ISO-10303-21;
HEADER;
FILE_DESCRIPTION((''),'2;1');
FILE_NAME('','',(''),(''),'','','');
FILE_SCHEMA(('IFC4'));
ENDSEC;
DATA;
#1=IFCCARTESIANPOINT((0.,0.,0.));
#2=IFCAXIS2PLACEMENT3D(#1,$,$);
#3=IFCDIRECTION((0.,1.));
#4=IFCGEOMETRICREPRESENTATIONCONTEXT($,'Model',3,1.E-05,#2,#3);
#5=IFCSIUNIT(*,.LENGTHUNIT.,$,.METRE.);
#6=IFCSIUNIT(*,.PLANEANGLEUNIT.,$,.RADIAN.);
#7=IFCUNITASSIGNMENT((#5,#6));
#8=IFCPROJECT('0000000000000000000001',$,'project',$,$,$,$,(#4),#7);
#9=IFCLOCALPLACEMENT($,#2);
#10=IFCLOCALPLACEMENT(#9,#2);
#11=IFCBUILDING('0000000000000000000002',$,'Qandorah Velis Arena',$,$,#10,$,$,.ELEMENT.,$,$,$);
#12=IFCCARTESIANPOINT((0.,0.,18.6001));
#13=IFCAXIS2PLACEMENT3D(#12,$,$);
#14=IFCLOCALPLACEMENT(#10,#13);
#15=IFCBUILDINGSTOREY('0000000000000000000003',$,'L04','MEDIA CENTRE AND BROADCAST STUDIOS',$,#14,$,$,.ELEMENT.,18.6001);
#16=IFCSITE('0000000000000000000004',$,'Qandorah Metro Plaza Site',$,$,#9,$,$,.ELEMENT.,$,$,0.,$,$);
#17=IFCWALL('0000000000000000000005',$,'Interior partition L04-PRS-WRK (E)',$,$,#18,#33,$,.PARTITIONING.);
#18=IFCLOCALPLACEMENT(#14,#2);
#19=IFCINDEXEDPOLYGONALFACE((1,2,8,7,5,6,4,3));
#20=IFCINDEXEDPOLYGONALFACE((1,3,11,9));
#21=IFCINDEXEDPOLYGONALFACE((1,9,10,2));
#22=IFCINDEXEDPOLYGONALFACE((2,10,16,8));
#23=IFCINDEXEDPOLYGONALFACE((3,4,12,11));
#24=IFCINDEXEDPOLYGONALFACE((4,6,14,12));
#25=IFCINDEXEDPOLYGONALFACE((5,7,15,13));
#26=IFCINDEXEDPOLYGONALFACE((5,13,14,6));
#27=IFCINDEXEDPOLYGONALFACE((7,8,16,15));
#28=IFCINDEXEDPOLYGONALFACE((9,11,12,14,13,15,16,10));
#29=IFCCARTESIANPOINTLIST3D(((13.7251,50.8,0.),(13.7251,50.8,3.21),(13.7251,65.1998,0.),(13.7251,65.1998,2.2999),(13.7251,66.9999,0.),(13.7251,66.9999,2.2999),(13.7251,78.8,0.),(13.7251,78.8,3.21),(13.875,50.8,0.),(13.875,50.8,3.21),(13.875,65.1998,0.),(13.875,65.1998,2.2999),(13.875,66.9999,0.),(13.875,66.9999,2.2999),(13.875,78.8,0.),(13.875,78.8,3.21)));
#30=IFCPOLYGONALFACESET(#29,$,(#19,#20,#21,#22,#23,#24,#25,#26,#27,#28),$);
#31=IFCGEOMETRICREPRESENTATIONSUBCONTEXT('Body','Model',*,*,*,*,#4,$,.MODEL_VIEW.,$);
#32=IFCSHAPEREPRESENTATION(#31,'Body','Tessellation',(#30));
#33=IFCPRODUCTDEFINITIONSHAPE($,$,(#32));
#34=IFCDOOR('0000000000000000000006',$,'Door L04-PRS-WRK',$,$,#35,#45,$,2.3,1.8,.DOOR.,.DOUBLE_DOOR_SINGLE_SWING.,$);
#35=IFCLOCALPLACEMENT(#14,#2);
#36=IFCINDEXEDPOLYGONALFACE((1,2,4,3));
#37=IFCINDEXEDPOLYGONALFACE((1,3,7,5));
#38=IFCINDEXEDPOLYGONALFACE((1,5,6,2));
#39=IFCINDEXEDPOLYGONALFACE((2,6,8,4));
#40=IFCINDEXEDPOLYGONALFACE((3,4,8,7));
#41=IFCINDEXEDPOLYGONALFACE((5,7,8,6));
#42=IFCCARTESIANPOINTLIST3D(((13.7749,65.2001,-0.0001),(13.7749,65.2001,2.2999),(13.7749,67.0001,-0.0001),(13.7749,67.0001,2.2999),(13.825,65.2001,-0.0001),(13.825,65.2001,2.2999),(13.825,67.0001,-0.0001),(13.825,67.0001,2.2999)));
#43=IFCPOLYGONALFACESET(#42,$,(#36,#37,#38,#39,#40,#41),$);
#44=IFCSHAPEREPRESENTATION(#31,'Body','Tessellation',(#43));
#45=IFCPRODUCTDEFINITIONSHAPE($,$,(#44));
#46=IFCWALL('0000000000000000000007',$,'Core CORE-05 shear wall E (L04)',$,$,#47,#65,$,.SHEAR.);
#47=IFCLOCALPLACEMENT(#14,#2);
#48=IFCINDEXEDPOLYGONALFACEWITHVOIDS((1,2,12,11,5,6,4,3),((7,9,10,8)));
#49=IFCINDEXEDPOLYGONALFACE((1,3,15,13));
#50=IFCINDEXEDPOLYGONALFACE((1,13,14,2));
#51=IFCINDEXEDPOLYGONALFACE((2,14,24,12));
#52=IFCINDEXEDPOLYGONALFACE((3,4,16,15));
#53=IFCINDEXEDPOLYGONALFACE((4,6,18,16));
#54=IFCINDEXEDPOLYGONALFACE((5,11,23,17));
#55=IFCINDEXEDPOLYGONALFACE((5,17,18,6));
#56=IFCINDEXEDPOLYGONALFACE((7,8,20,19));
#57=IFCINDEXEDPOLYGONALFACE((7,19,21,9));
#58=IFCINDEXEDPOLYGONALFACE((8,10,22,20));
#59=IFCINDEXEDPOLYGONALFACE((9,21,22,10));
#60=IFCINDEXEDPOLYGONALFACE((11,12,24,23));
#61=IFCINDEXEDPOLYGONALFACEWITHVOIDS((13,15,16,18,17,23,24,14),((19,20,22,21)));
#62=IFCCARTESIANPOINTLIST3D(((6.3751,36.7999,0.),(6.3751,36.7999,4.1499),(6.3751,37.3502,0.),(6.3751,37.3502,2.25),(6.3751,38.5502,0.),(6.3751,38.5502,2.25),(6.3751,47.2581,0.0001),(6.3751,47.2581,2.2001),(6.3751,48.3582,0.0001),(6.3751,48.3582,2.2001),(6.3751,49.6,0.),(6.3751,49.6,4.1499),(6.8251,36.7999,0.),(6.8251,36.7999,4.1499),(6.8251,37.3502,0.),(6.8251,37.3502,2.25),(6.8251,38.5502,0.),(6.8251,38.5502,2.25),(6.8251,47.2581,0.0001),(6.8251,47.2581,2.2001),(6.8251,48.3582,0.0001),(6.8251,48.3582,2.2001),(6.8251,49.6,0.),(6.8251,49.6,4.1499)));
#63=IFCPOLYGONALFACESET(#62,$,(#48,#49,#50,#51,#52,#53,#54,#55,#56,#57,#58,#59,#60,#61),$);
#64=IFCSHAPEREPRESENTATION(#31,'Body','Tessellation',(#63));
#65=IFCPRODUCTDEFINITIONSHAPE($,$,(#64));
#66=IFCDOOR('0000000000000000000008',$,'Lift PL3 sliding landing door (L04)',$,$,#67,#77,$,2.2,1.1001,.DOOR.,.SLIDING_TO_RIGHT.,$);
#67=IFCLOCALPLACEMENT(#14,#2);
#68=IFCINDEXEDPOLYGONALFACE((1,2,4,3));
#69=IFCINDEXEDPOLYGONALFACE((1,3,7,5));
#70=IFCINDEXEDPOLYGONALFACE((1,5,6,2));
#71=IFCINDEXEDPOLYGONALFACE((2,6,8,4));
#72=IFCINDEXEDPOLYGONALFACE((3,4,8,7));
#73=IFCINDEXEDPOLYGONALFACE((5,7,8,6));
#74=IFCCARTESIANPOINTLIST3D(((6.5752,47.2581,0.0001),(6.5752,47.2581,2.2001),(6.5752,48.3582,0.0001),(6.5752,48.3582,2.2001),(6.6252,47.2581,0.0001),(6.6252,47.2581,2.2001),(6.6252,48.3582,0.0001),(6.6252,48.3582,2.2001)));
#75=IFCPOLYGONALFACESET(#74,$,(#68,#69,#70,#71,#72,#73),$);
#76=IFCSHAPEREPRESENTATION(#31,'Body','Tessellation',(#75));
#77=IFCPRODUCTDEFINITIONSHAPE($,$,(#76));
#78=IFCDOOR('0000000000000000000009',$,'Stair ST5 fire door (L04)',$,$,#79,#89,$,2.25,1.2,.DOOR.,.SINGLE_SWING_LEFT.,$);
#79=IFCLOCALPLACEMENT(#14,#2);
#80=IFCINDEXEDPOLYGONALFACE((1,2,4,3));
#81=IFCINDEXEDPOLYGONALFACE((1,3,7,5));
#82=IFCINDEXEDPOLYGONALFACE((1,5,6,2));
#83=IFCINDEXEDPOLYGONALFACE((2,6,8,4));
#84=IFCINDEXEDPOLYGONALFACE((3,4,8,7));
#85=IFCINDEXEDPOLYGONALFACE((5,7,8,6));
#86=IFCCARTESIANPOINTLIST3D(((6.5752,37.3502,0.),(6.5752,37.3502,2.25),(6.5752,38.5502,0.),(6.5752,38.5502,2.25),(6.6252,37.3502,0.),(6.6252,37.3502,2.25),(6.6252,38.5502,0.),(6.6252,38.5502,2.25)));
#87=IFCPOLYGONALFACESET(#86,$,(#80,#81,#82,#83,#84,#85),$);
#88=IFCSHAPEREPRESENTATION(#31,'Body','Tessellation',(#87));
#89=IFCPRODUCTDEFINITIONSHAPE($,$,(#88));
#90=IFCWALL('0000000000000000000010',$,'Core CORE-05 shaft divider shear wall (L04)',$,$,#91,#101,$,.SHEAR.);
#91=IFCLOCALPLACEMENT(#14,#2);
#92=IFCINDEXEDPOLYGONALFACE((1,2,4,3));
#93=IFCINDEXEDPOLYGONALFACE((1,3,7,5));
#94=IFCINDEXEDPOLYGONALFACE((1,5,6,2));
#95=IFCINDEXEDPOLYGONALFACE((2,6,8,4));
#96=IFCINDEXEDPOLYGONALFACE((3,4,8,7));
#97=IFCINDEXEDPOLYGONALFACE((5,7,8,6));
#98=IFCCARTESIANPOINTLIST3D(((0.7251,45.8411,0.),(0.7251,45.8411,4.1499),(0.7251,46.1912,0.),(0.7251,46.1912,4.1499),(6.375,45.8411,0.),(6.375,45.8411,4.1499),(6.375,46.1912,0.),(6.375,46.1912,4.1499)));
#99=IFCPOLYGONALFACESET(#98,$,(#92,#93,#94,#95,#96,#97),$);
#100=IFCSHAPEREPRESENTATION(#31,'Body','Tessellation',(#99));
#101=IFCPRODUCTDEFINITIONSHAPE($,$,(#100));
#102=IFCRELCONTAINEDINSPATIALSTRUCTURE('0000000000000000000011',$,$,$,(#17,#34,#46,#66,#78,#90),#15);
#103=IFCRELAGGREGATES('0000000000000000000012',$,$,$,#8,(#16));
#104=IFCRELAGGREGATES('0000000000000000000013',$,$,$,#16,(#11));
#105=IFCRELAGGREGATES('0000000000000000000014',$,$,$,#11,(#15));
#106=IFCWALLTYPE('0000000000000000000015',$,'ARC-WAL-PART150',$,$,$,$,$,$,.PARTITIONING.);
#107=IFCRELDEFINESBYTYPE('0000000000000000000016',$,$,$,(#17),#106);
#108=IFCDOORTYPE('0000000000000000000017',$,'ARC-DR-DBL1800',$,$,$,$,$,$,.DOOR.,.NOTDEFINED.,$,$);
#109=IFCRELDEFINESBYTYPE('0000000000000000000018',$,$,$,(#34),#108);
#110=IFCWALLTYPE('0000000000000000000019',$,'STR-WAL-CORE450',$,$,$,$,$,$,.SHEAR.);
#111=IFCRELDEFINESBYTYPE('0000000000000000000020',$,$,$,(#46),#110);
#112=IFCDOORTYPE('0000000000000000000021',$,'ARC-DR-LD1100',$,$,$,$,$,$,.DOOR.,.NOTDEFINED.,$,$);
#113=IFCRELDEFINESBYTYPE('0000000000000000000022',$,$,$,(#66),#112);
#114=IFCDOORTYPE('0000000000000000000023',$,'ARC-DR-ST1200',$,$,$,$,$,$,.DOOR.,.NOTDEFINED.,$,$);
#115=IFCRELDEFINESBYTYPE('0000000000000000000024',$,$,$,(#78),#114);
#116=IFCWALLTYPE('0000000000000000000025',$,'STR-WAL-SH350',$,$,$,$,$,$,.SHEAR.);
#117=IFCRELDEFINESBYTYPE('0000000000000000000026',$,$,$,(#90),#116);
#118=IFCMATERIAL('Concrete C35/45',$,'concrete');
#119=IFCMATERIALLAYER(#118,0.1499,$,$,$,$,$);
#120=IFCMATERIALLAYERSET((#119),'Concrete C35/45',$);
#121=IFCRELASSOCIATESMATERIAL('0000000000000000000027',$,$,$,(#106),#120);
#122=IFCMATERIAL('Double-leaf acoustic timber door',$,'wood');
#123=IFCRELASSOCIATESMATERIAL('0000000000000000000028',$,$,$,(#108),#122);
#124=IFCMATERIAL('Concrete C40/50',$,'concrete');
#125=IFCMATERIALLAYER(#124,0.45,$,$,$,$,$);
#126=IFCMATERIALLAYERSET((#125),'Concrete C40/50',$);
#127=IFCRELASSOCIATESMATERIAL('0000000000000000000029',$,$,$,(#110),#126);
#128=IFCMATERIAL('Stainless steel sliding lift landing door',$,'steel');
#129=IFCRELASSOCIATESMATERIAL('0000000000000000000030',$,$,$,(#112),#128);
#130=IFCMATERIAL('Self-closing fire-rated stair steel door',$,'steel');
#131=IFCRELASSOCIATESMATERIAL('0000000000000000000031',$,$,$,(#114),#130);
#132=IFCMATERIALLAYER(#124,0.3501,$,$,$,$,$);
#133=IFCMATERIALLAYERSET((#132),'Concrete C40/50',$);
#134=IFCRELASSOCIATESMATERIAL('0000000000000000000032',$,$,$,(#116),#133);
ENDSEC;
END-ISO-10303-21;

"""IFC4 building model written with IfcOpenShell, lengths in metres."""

from ifc_helpers import new_model, si_unit, direction, frame, frame_2d, origin, place, context, subcontext, project, spatial, rectangle, extrude, material, layer, layer_set, type_object, element, fill, save


model = new_model("IFC4")

# Units and contexts
model_context = context("Model", 3, precision=1e-05, world=origin(), true_north=direction((0.0, 1.0)))
body_context = subcontext(model_context, "Body", "Model", "MODEL_VIEW")
ifc_project = project(units=[si_unit("LENGTHUNIT", "METRE"), si_unit("PLANEANGLEUNIT", "RADIAN")], contexts=[model_context])

# Site, building, storey
site_placement = place(None, origin())
site = spatial("IfcSite", under=ifc_project, at=site_placement, Name="Qandorah Metro Plaza Site", CompositionType="ELEMENT", RefElevation=0.0)
building_placement = place(site_placement, origin())
building = spatial("IfcBuilding", under=site, at=building_placement, Name="Qandorah Velis Arena", CompositionType="ELEMENT")
storey_placement = place(building_placement, frame((0.0, 0.0, 18.6001)))
storey = spatial("IfcBuildingStorey", under=building, at=storey_placement, Name="L04", Description="MEDIA CENTRE AND BROADCAST STUDIOS", CompositionType="ELEMENT", Elevation=18.6001)

# Shared definitions
ifc_material_1 = material(Name="Concrete C40/50", Category="concrete")

# Shared definitions
ifc_material_2 = material(Name="Concrete C35/45", Category="concrete")
ifc_layer_1 = layer(ifc_material_2, 0.1499)
ifc_layer_set_1 = layer_set([ifc_layer_1], Name="Concrete C35/45")
wall_type_1 = type_object("IfcWallType", Name="ARC-WAL-PART150", PredefinedType="PARTITIONING", material=ifc_layer_set_1)

# Wall, opening, door
wall_1_placement = place(storey_placement, frame((13.8, 50.8, 0.0), z_axis=(0.0, 0.0, 1.0), x_axis=(0.0, 1.0, 0.0)))
wall_1 = element("IfcWall", 1, at=wall_1_placement, inside=storey, type_object=wall_type_1, Name="Interior partition L04-PRS-WRK (E)", PredefinedType="PARTITIONING", context=body_context, shape_type="SweptSolid", body=[
    extrude(rectangle(XDim=28.0, YDim=0.1499, at=frame_2d((14.0, 0.0))), origin(), (0.0, 0.0, 1.0), 3.21),
])
opening_1_placement = place(wall_1_placement, frame((14.3999, 0.0, 0.0)))
opening_1 = element("IfcOpeningElement", 2, at=opening_1_placement, cuts=wall_1, PredefinedType="OPENING", context=body_context, shape_type="SweptSolid", body=[
    extrude(rectangle(XDim=1.8, YDim=2.3, at=frame_2d((0.8999, 1.1499))), frame((0.0, 0.085, 0.0), z_axis=(0.0, -1.0, 0.0), x_axis=(1.0, 0.0, 0.0)), (0.0, 0.0, 1.0), 0.1699),
])
ifc_material_3 = material(Name="Double-leaf acoustic timber door", Category="wood")
door_type_1 = type_object("IfcDoorType", Name="ARC-DR-DBL1800", OperationType="NOTDEFINED", PredefinedType="DOOR", material=ifc_material_3)
door_1_placement = place(opening_1_placement, frame((1.8, 0.0, 0.0), z_axis=(0.0, 0.0, 1.0), x_axis=(-1.0, 0.0, 0.0)))
door_1 = element("IfcDoor", 3, at=door_1_placement, inside=storey, type_object=door_type_1, Name="Door L04-PRS-WRK", OperationType="DOUBLE_DOOR_SINGLE_SWING", OverallHeight=2.3, OverallWidth=1.8, PredefinedType="DOOR", context=body_context, shape_type="SweptSolid", body=[
    extrude(rectangle(XDim=1.8, YDim=2.3, at=frame_2d((0.8999, 1.1499))), frame((0.0, 0.0249, 0.0), z_axis=(0.0, -1.0, 0.0), x_axis=(1.0, 0.0, 0.0)), (0.0, 0.0, 1.0), 0.05),
])
fill(opening_1, door_1)

# Wall, openings, doors
ifc_layer_2 = layer(ifc_material_1, 0.45)
ifc_layer_set_2 = layer_set([ifc_layer_2], Name="Concrete C40/50")
wall_type_2 = type_object("IfcWallType", Name="STR-WAL-CORE450", PredefinedType="SHEAR", material=ifc_layer_set_2)
wall_2_placement = place(storey_placement, frame((6.6001, 36.8, 0.0), z_axis=(0.0, 0.0, 1.0), x_axis=(0.0, 1.0, 0.0)))
wall_2 = element("IfcWall", 4, at=wall_2_placement, inside=storey, type_object=wall_type_2, Name="Core CORE-05 shear wall E (L04)", PredefinedType="SHEAR", context=body_context, shape_type="SweptSolid", body=[
    extrude(rectangle(XDim=12.8, YDim=0.45, at=frame_2d((6.3999, 0.0))), origin(), (0.0, 0.0, 1.0), 4.1499),
])
opening_2_placement = place(wall_2_placement, frame((0.55, 0.0, 0.0)))
opening_2 = element("IfcOpeningElement", 5, at=opening_2_placement, cuts=wall_2, PredefinedType="OPENING", context=body_context, shape_type="SweptSolid", body=[
    extrude(rectangle(XDim=1.2, YDim=2.25, at=frame_2d((0.6001, 1.125))), frame((0.0, 0.2349, 0.0), z_axis=(0.0, -1.0, 0.0), x_axis=(1.0, 0.0, 0.0)), (0.0, 0.0, 1.0), 0.47),
])
opening_3_placement = place(wall_2_placement, frame((10.458, 0.0, 0.0)))
opening_3 = element("IfcOpeningElement", 6, at=opening_3_placement, cuts=wall_2, PredefinedType="OPENING", context=body_context, shape_type="SweptSolid", body=[
    extrude(rectangle(XDim=1.1001, YDim=2.2, at=frame_2d((0.55, 1.1001))), frame((0.0, 0.2349, 0.0), z_axis=(0.0, -1.0, 0.0), x_axis=(1.0, 0.0, 0.0)), (0.0, 0.0, 1.0), 0.47),
])
ifc_material_4 = material(Name="Stainless steel sliding lift landing door", Category="steel")
door_type_2 = type_object("IfcDoorType", Name="ARC-DR-LD1100", OperationType="NOTDEFINED", PredefinedType="DOOR", material=ifc_material_4)
door_2_placement = place(opening_3_placement, origin())
door_2 = element("IfcDoor", 7, at=door_2_placement, inside=storey, type_object=door_type_2, Name="Lift PL3 sliding landing door (L04)", OperationType="SLIDING_TO_RIGHT", OverallHeight=2.2, OverallWidth=1.1001, PredefinedType="DOOR", context=body_context, shape_type="SweptSolid", body=[
    extrude(rectangle(XDim=1.1001, YDim=2.2, at=frame_2d((0.55, 1.1001))), frame((0.0, 0.0249, 0.0), z_axis=(0.0, -1.0, 0.0), x_axis=(1.0, 0.0, 0.0)), (0.0, 0.0, 1.0), 0.05),
])
fill(opening_3, door_2)
ifc_material_5 = material(Name="Self-closing fire-rated stair steel door", Category="steel")
door_type_3 = type_object("IfcDoorType", Name="ARC-DR-ST1200", OperationType="NOTDEFINED", PredefinedType="DOOR", material=ifc_material_5)
door_3_placement = place(opening_2_placement, origin())
door_3 = element("IfcDoor", 8, at=door_3_placement, inside=storey, type_object=door_type_3, Name="Stair ST5 fire door (L04)", OperationType="SINGLE_SWING_LEFT", OverallHeight=2.25, OverallWidth=1.2, PredefinedType="DOOR", context=body_context, shape_type="SweptSolid", body=[
    extrude(rectangle(XDim=1.2, YDim=2.25, at=frame_2d((0.6001, 1.125))), frame((0.0, 0.0249, 0.0), z_axis=(0.0, -1.0, 0.0), x_axis=(1.0, 0.0, 0.0)), (0.0, 0.0, 1.0), 0.05),
])
fill(opening_2, door_3)

# Wall
ifc_layer_3 = layer(ifc_material_1, 0.3501)
ifc_layer_set_3 = layer_set([ifc_layer_3], Name="Concrete C40/50")
wall_type_3 = type_object("IfcWallType", Name="STR-WAL-SH350", PredefinedType="SHEAR", material=ifc_layer_set_3)
wall_3_placement = place(storey_placement, frame((0.7251, 46.0161, 0.0), z_axis=(0.0, 0.0, 1.0), x_axis=(1.0, 0.0, 0.0)))
element("IfcWall", 9, at=wall_3_placement, inside=storey, type_object=wall_type_3, Name="Core CORE-05 shaft divider shear wall (L04)", PredefinedType="SHEAR", context=body_context, shape_type="SweptSolid", body=[
    extrude(rectangle(XDim=5.6499, YDim=0.3501, at=frame_2d((2.825, 0.0))), origin(), (0.0, 0.0, 1.0), 4.1499),
])

save(model, "model.ifc")
